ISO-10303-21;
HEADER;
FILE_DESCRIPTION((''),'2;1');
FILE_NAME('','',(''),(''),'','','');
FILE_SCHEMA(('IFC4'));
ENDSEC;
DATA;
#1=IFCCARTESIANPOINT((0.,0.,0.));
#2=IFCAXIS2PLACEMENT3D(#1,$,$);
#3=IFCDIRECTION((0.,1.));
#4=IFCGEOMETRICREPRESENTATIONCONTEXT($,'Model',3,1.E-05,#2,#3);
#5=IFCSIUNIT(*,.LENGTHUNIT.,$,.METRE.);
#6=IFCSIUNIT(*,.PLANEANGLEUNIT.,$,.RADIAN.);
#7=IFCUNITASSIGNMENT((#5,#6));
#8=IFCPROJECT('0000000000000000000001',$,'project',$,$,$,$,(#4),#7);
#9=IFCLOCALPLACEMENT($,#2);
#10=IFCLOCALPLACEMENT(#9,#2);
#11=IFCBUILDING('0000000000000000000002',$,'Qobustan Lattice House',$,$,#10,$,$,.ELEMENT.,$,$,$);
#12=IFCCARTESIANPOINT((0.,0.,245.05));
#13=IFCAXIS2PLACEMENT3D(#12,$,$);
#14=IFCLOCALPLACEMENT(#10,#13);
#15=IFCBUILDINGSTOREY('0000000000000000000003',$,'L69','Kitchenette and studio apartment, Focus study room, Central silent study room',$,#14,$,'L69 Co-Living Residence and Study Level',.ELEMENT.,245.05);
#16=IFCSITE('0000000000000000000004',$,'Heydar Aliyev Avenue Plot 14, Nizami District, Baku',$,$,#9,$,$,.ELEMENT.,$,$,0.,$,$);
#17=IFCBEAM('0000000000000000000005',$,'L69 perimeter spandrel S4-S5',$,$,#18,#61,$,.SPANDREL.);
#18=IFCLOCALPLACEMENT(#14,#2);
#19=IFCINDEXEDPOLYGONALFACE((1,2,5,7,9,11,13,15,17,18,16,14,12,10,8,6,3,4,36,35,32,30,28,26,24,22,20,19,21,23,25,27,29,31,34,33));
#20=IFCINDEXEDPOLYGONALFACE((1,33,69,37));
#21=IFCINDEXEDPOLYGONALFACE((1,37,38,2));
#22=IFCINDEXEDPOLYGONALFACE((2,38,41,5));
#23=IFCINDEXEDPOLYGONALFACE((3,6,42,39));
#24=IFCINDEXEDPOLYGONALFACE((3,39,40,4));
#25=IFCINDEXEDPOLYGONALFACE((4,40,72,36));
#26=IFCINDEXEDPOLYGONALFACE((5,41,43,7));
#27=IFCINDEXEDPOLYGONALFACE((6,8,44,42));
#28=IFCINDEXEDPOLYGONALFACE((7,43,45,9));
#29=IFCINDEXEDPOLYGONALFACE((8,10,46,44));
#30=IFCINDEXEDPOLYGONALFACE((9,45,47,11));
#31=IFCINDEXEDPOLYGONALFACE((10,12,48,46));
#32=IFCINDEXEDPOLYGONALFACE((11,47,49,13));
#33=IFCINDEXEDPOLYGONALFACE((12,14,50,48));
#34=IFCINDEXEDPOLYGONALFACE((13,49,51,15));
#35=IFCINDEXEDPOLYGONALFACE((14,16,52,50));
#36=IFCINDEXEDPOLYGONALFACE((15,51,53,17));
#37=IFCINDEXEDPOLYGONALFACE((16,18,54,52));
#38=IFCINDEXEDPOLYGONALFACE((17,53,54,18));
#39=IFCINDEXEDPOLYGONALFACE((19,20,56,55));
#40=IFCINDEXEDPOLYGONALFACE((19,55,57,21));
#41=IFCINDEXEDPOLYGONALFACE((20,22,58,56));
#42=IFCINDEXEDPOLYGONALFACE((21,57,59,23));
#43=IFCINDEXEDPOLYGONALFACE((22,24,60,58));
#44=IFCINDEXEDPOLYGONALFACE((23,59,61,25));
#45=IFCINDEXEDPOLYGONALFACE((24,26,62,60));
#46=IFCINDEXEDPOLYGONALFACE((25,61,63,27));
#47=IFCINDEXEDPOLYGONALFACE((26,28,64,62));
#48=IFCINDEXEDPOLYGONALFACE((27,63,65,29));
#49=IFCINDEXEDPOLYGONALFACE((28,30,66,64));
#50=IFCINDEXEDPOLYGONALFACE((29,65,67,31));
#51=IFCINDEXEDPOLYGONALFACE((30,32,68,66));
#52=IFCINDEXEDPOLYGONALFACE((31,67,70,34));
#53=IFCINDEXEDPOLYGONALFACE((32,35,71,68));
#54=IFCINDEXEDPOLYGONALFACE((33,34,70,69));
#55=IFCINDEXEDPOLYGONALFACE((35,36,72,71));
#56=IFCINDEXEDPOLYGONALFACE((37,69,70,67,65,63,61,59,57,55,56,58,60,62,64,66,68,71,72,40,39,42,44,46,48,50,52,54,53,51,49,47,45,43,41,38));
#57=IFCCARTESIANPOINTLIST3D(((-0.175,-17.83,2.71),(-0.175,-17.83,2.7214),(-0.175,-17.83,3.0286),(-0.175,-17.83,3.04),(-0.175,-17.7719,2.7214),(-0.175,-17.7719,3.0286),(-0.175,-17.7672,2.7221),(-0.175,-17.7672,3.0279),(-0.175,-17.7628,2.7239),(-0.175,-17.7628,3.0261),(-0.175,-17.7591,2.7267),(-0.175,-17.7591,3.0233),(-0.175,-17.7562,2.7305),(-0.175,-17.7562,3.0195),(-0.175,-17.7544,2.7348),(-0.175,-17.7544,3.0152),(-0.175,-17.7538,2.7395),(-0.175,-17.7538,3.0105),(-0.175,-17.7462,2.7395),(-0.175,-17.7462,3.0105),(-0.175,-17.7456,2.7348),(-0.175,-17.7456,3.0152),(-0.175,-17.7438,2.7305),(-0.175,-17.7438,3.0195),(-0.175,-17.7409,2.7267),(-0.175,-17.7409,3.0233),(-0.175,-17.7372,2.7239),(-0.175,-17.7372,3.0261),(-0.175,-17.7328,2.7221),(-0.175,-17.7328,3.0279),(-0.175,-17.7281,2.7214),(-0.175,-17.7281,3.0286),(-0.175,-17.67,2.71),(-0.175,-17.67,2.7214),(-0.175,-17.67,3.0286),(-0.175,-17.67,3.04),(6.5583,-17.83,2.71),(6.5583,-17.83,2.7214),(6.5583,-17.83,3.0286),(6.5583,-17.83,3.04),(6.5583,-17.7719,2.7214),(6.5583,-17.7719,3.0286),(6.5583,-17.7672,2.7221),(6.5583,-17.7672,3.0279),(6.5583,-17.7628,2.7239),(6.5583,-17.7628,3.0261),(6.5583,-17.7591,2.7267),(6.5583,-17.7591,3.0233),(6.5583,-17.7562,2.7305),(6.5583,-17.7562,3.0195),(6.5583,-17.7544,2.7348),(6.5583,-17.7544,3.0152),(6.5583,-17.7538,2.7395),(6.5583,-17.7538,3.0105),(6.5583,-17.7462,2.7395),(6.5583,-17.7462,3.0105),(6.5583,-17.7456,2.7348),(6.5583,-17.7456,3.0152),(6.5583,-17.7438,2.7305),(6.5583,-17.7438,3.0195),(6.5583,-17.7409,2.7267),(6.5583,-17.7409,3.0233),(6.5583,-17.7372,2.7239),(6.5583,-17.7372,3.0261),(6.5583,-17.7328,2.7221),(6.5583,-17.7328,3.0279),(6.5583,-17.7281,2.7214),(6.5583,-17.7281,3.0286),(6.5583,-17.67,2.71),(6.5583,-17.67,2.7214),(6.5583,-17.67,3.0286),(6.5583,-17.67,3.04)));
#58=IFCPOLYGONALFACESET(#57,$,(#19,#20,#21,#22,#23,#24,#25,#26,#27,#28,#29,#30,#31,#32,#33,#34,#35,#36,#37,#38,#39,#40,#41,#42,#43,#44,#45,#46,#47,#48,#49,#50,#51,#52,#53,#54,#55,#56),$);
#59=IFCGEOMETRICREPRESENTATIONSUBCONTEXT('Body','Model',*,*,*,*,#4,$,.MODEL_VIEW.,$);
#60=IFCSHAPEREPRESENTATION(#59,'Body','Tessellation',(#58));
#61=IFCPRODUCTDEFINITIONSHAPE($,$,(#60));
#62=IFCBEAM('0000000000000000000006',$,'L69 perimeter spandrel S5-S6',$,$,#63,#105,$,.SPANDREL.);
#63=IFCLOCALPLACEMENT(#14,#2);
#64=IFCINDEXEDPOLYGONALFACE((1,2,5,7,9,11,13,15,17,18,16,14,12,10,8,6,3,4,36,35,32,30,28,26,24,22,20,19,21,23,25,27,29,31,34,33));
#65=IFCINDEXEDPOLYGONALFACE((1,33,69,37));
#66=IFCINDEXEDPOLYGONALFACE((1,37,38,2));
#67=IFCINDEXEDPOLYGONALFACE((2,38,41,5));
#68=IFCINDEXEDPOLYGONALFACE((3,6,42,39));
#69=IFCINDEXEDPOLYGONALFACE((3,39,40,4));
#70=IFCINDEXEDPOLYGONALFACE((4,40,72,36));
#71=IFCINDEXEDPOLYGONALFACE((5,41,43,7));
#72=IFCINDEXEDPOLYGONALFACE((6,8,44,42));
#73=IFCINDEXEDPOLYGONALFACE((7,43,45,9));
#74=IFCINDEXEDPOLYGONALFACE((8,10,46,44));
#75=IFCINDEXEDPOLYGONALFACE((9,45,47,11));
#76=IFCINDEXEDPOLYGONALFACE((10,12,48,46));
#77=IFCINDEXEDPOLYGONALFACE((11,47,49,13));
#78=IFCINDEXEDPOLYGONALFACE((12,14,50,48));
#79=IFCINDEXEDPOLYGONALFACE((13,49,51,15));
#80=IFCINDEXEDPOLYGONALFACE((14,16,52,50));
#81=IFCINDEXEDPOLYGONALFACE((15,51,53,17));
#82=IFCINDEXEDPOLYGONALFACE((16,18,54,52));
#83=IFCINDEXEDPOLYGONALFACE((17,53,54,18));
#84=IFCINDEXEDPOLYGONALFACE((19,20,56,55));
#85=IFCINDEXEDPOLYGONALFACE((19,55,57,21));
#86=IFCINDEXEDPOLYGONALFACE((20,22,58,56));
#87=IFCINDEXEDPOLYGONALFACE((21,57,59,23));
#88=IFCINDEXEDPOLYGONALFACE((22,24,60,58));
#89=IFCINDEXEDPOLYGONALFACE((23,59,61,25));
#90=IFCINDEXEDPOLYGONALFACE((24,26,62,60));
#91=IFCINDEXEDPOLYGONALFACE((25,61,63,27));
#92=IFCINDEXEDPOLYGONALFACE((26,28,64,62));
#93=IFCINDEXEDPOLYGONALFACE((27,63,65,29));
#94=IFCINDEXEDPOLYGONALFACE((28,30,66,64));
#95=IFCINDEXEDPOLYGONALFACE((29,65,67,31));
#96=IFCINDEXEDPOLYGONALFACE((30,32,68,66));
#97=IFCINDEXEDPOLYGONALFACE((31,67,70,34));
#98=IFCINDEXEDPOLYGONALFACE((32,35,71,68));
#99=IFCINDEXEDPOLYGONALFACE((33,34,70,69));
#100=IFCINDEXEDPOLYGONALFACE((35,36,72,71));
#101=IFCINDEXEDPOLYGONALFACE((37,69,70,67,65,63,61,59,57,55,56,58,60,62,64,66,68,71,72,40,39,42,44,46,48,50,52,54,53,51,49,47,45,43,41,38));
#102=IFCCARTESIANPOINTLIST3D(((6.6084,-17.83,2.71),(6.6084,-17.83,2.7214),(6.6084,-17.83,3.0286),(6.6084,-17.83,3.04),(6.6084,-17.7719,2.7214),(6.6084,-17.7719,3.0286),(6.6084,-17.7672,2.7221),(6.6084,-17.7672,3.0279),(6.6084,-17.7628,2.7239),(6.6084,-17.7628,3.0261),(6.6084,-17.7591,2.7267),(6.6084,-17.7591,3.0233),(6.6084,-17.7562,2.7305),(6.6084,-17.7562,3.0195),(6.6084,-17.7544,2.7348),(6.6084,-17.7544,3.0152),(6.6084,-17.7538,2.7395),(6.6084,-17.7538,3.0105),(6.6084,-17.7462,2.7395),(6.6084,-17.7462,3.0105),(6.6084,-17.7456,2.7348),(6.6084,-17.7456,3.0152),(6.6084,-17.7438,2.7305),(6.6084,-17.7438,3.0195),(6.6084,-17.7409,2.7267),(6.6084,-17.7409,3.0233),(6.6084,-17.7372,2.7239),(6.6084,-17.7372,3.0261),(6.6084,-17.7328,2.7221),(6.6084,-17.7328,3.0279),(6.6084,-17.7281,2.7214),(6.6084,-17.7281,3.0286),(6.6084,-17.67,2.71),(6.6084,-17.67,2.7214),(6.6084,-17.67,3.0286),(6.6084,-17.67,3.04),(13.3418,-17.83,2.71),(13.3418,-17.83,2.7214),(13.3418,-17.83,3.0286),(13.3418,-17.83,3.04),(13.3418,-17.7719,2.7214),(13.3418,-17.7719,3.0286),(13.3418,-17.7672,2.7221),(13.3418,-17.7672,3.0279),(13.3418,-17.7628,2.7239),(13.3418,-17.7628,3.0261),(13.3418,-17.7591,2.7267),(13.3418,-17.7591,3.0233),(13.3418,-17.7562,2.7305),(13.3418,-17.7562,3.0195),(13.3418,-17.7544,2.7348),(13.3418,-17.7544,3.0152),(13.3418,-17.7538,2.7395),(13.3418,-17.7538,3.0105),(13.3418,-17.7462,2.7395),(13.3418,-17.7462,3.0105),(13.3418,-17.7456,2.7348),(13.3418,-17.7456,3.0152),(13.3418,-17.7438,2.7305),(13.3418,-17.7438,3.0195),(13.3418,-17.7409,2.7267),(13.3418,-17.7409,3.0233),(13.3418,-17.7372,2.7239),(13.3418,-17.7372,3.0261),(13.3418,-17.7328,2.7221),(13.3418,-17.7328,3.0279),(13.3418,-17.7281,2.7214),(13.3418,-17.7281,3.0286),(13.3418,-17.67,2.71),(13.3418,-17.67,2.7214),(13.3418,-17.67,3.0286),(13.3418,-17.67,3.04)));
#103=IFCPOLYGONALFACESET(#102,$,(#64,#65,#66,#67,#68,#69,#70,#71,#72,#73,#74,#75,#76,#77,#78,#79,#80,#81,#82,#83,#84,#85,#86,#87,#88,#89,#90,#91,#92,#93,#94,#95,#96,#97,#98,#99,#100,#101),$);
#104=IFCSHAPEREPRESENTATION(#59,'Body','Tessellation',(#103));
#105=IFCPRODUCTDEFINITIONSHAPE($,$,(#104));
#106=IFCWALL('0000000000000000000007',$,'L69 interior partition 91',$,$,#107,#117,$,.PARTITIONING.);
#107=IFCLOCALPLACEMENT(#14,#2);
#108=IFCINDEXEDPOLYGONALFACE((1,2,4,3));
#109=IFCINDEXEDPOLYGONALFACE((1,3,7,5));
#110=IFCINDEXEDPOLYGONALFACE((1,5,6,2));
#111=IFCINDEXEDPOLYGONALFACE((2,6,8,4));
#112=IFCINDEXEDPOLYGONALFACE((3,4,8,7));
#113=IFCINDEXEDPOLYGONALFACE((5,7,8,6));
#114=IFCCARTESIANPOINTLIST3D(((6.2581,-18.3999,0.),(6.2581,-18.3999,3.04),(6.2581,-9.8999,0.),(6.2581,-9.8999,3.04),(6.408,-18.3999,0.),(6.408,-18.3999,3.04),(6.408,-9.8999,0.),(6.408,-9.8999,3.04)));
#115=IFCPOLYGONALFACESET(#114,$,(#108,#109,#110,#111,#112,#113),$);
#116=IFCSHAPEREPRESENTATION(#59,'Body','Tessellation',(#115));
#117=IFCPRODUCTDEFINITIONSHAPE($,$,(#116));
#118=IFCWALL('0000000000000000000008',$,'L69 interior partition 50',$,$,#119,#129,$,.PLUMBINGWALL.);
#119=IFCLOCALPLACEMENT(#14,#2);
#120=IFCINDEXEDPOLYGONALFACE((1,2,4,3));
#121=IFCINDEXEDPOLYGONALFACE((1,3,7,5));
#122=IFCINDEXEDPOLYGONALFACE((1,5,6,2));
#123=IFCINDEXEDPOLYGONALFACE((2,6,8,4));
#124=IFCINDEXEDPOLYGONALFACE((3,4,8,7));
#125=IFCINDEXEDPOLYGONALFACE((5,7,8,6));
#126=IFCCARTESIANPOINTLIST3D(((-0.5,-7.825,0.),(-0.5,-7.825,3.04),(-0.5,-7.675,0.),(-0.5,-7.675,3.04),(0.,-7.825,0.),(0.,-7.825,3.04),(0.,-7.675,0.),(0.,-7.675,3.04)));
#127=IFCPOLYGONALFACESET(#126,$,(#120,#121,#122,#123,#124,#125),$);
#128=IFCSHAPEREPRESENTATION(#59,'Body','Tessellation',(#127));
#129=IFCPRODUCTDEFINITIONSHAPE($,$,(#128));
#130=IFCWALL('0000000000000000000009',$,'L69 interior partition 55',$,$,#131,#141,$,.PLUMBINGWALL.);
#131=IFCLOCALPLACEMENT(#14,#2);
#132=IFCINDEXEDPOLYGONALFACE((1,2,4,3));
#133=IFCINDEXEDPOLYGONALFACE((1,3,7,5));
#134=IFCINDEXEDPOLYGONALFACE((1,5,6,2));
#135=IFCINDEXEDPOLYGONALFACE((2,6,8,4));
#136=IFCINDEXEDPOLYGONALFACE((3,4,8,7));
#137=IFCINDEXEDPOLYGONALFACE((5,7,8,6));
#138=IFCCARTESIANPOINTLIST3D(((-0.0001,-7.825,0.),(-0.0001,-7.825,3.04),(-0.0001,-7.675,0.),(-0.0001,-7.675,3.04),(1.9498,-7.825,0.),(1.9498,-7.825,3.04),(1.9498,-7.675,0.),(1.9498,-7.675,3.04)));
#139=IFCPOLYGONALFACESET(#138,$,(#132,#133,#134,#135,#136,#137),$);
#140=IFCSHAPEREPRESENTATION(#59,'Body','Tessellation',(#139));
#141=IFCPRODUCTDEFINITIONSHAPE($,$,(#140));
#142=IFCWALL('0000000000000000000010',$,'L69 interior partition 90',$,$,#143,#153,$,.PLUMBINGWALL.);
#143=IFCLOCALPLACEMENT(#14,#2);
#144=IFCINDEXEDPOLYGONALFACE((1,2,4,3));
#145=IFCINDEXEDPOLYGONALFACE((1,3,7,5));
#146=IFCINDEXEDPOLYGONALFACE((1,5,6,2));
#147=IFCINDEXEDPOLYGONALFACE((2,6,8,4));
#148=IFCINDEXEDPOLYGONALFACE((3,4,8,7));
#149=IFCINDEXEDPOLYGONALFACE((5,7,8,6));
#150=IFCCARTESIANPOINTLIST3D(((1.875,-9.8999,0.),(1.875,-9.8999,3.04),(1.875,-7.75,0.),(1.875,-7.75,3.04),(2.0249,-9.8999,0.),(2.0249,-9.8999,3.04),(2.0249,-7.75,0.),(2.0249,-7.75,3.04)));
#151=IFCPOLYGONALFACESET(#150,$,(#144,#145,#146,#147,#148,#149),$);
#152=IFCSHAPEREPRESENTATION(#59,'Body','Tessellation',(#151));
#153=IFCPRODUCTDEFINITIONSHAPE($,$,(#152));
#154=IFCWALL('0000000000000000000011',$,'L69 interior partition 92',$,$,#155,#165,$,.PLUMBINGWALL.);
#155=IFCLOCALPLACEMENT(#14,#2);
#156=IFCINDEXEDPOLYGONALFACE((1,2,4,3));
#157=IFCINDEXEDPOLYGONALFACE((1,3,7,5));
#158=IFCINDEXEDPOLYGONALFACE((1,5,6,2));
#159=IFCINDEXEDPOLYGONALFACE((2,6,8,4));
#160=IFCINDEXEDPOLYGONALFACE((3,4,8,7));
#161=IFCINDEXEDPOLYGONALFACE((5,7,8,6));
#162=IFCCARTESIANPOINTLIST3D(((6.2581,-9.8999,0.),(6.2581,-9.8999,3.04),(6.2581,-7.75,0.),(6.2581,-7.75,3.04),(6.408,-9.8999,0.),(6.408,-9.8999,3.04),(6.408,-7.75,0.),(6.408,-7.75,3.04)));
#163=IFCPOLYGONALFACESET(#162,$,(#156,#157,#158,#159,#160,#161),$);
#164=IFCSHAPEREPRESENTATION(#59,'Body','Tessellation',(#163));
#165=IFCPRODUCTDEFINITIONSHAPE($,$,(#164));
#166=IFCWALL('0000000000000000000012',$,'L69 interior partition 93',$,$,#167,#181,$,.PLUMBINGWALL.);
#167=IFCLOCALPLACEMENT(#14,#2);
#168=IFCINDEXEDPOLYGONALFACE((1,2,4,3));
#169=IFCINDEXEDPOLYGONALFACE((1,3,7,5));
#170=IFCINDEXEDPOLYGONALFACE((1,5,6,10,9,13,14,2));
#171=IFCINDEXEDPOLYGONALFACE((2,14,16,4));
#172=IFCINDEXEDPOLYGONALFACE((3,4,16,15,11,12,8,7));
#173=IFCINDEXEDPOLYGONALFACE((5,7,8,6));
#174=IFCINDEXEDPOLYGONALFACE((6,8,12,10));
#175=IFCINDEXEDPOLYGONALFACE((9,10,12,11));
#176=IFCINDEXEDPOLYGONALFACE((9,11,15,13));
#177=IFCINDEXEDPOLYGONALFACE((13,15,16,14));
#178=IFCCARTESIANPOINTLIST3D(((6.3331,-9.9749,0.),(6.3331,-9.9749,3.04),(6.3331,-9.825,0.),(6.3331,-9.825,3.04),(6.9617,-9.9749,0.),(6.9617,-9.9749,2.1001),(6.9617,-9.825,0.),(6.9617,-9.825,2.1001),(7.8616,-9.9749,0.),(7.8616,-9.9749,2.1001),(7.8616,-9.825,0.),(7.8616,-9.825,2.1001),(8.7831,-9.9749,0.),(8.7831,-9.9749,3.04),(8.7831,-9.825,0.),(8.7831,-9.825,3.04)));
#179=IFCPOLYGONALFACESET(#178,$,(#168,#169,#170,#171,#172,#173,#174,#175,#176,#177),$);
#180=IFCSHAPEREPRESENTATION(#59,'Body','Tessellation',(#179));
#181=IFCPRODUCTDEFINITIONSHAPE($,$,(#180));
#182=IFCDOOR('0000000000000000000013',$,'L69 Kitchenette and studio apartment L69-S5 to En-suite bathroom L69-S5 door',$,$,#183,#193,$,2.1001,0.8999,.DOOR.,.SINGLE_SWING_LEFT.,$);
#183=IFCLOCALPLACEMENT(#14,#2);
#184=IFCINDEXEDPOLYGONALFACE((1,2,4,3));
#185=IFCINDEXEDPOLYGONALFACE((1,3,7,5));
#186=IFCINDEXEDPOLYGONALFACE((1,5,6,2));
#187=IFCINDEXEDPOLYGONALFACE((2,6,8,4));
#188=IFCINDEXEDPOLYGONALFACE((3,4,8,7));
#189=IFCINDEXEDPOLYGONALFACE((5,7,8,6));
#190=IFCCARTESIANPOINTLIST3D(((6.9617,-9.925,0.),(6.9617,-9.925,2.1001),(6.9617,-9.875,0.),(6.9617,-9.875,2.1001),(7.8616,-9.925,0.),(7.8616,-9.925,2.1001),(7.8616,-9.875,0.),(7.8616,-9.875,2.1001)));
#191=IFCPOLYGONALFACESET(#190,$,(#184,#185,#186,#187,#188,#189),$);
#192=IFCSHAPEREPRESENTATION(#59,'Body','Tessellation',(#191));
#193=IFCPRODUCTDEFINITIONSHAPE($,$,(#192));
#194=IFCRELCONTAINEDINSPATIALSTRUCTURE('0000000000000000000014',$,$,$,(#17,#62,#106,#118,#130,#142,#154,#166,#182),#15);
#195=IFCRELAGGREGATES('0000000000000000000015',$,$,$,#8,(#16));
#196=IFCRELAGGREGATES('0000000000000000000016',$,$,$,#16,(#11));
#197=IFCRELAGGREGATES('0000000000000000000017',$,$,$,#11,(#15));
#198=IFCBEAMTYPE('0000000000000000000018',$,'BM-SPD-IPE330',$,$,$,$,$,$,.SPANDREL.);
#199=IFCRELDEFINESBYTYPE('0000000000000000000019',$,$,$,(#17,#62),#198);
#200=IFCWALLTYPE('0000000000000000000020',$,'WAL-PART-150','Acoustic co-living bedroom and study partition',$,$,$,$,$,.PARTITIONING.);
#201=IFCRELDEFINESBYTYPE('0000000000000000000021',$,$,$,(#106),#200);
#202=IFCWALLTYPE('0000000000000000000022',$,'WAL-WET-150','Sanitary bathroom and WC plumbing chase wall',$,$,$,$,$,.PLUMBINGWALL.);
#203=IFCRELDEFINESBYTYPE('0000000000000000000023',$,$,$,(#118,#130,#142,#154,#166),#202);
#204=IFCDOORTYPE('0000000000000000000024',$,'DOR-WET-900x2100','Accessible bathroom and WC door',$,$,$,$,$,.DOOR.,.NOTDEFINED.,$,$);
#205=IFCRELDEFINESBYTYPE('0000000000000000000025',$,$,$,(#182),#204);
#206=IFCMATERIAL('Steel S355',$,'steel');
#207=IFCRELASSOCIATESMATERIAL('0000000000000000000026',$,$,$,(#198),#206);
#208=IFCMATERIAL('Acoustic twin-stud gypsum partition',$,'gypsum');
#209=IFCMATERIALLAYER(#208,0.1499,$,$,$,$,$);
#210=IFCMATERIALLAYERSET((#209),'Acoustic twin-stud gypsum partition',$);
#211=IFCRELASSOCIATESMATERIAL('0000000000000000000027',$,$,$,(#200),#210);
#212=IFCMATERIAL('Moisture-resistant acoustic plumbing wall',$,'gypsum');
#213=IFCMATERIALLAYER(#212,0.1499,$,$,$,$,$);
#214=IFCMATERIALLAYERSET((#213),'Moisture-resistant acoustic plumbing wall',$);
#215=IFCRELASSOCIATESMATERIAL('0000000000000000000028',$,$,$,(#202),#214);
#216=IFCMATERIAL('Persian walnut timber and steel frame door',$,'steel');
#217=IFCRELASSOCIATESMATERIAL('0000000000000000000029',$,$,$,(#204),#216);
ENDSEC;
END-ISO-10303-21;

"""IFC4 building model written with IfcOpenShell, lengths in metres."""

from ifc_helpers import new_model, si_unit, direction, frame, frame_2d, origin, origin_2d, place, context, subcontext, project, spatial, rectangle, i_section, extrude, material, layer, layer_set, material_profile, profile_set, type_object, element, fill, save


model = new_model("IFC4")

# Units and contexts
model_context = context("Model", 3, precision=1e-05, world=origin(), true_north=direction((0.0, 1.0)))
body_context = subcontext(model_context, "Body", "Model", "MODEL_VIEW")
ifc_project = project(units=[si_unit("LENGTHUNIT", "METRE"), si_unit("PLANEANGLEUNIT", "RADIAN")], contexts=[model_context])

# Site, building, storey
site_placement = place(None, origin())
site = spatial("IfcSite", under=ifc_project, at=site_placement, Name="Heydar Aliyev Avenue Plot 14, Nizami District, Baku", CompositionType="ELEMENT", RefElevation=0.0)
building_placement = place(site_placement, origin())
building = spatial("IfcBuilding", under=site, at=building_placement, Name="Qobustan Lattice House", CompositionType="ELEMENT")
storey_placement = place(building_placement, frame((0.0, 0.0, 245.05)))
storey = spatial("IfcBuildingStorey", under=building, at=storey_placement, Name="L69", Description="Kitchenette and studio apartment, Focus study room, Central silent study room", LongName="L69 Co-Living Residence and Study Level", CompositionType="ELEMENT", Elevation=245.05)

# Beams
ifc_material_1 = material(Name="Steel S355", Category="steel")
ifc_material_profile_1 = material_profile(ifc_material_1, i_section(OverallWidth=0.1599, OverallDepth=0.3301, WebThickness=0.0076, FlangeThickness=0.0115, FilletRadius=0.0181, at=origin_2d()), Name="IPE330")
ifc_profile_set_1 = profile_set([ifc_material_profile_1], Name="Steel S355")
beam_type_1 = type_object("IfcBeamType", Name="BM-SPD-IPE330", PredefinedType="SPANDREL", material=ifc_profile_set_1)
for number, where, z_axis, x_axis, name in (
    (1, (-0.175, -17.75, 2.875), (1.0, 0.0, 0.0), (0.0, 1.0, 0.0), "L69 perimeter spandrel S4-S5"),
    (2, (6.6084, -17.75, 2.875), (1.0, 0.0, 0.0), (0.0, 1.0, 0.0), "L69 perimeter spandrel S5-S6"),
):
    element("IfcBeam", number, at=place(storey_placement, frame(where, z_axis=z_axis, x_axis=x_axis)), inside=storey, type_object=beam_type_1, Name=name, PredefinedType="SPANDREL", context=body_context, shape_type="SweptSolid", body=[
        extrude(i_section(OverallWidth=0.1599, OverallDepth=0.3301, WebThickness=0.0076, FlangeThickness=0.0115, FilletRadius=0.0181, at=origin_2d()), origin(), (0.0, 0.0, 1.0), 6.7334),
    ])

# Walls
ifc_material_2 = material(Name="Acoustic twin-stud gypsum partition", Category="gypsum")
ifc_layer_1 = layer(ifc_material_2, 0.1499)
ifc_layer_set_1 = layer_set([ifc_layer_1], Name="Acoustic twin-stud gypsum partition")
wall_type_1 = type_object("IfcWallType", Name="WAL-PART-150", Description="Acoustic co-living bedroom and study partition", PredefinedType="PARTITIONING", material=ifc_layer_set_1)
wall_1_placement = place(storey_placement, frame((6.333, -9.8999, 0.0), z_axis=(0.0, 0.0, 1.0), x_axis=(0.0, -1.0, 0.0)))
element("IfcWall", 3, at=wall_1_placement, inside=storey, type_object=wall_type_1, Name="L69 interior partition 91", PredefinedType="PARTITIONING", context=body_context, shape_type="SweptSolid", body=[
    extrude(rectangle(XDim=8.5, YDim=0.1499, at=frame_2d((4.25, 0.0))), origin(), (0.0, 0.0, 1.0), 3.04),
])
ifc_material_3 = material(Name="Moisture-resistant acoustic plumbing wall", Category="gypsum")
ifc_layer_2 = layer(ifc_material_3, 0.1499)
ifc_layer_set_2 = layer_set([ifc_layer_2], Name="Moisture-resistant acoustic plumbing wall")
wall_type_2 = type_object("IfcWallType", Name="WAL-WET-150", Description="Sanitary bathroom and WC plumbing chase wall", PredefinedType="PLUMBINGWALL", material=ifc_layer_set_2)
wall_2_placement = place(storey_placement, frame((0.0, -7.75, 0.0), z_axis=(0.0, 0.0, 1.0), x_axis=(-1.0, 0.0, 0.0)))
element("IfcWall", 4, at=wall_2_placement, inside=storey, type_object=wall_type_2, Name="L69 interior partition 50", PredefinedType="PLUMBINGWALL", context=body_context, shape_type="SweptSolid", body=[
    extrude(rectangle(XDim=0.5, YDim=0.1499, at=frame_2d((0.25, 0.0))), origin(), (0.0, 0.0, 1.0), 3.04),
])
wall_3_placement = place(storey_placement, frame((1.95, -7.75, 0.0), z_axis=(0.0, 0.0, 1.0), x_axis=(-1.0, 0.0, 0.0)))
element("IfcWall", 5, at=wall_3_placement, inside=storey, type_object=wall_type_2, Name="L69 interior partition 55", PredefinedType="PLUMBINGWALL", context=body_context, shape_type="SweptSolid", body=[
    extrude(rectangle(XDim=1.95, YDim=0.1499, at=frame_2d((0.9751, 0.0))), origin(), (0.0, 0.0, 1.0), 3.04),
])
for number, where, z_axis, x_axis, name in (
    (6, (1.95, -9.8999, 0.0), (0.0, 0.0, 1.0), (0.0, 1.0, 0.0), "L69 interior partition 90"),
    (7, (6.333, -7.75, 0.0), (0.0, 0.0, 1.0), (0.0, -1.0, 0.0), "L69 interior partition 92"),
):
    element("IfcWall", number, at=place(storey_placement, frame(where, z_axis=z_axis, x_axis=x_axis)), inside=storey, type_object=wall_type_2, Name=name, PredefinedType="PLUMBINGWALL", context=body_context, shape_type="SweptSolid", body=[
        extrude(rectangle(XDim=2.1499, YDim=0.1499, at=frame_2d((1.075, 0.0))), origin(), (0.0, 0.0, 1.0), 3.04),
    ])

# Wall, opening, door
wall_4_placement = place(storey_placement, frame((6.333, -9.8999, 0.0), z_axis=(0.0, 0.0, 1.0), x_axis=(1.0, 0.0, 0.0)))
wall_4 = element("IfcWall", 8, at=wall_4_placement, inside=storey, type_object=wall_type_2, Name="L69 interior partition 93", PredefinedType="PLUMBINGWALL", context=body_context, shape_type="SweptSolid", body=[
    extrude(rectangle(XDim=2.45, YDim=0.1499, at=frame_2d((1.2251, 0.0))), origin(), (0.0, 0.0, 1.0), 3.04),
])
opening_1_placement = place(wall_4_placement, frame((0.6287, 0.0, 0.0)))
opening_1 = element("IfcOpeningElement", 9, at=opening_1_placement, cuts=wall_4, PredefinedType="OPENING", context=body_context, shape_type="SweptSolid", body=[
    extrude(rectangle(XDim=0.8999, YDim=2.1001, at=frame_2d((0.45, 1.05))), frame((0.0, 0.085, 0.0), z_axis=(0.0, -1.0, 0.0), x_axis=(1.0, 0.0, 0.0)), (0.0, 0.0, 1.0), 0.1699),
])
ifc_material_4 = material(Name="Persian walnut timber and steel frame door", Category="steel")
door_type_1 = type_object("IfcDoorType", Name="DOR-WET-900x2100", Description="Accessible bathroom and WC door", OperationType="NOTDEFINED", PredefinedType="DOOR", material=ifc_material_4)
door_1_placement = place(opening_1_placement, origin())
door_1 = element("IfcDoor", 10, at=door_1_placement, inside=storey, type_object=door_type_1, Name="L69 Kitchenette and studio apartment L69-S5 to En-suite bathroom L69-S5 door", OperationType="SINGLE_SWING_LEFT", OverallHeight=2.1001, OverallWidth=0.8999, PredefinedType="DOOR", context=body_context, shape_type="SweptSolid", body=[
    extrude(rectangle(XDim=0.8999, YDim=2.1001, at=frame_2d((0.45, 1.05))), frame((0.0, 0.0249, 0.0), z_axis=(0.0, -1.0, 0.0), x_axis=(1.0, 0.0, 0.0)), (0.0, 0.0, 1.0), 0.05),
])
fill(opening_1, door_1)

save(model, "model.ifc")
